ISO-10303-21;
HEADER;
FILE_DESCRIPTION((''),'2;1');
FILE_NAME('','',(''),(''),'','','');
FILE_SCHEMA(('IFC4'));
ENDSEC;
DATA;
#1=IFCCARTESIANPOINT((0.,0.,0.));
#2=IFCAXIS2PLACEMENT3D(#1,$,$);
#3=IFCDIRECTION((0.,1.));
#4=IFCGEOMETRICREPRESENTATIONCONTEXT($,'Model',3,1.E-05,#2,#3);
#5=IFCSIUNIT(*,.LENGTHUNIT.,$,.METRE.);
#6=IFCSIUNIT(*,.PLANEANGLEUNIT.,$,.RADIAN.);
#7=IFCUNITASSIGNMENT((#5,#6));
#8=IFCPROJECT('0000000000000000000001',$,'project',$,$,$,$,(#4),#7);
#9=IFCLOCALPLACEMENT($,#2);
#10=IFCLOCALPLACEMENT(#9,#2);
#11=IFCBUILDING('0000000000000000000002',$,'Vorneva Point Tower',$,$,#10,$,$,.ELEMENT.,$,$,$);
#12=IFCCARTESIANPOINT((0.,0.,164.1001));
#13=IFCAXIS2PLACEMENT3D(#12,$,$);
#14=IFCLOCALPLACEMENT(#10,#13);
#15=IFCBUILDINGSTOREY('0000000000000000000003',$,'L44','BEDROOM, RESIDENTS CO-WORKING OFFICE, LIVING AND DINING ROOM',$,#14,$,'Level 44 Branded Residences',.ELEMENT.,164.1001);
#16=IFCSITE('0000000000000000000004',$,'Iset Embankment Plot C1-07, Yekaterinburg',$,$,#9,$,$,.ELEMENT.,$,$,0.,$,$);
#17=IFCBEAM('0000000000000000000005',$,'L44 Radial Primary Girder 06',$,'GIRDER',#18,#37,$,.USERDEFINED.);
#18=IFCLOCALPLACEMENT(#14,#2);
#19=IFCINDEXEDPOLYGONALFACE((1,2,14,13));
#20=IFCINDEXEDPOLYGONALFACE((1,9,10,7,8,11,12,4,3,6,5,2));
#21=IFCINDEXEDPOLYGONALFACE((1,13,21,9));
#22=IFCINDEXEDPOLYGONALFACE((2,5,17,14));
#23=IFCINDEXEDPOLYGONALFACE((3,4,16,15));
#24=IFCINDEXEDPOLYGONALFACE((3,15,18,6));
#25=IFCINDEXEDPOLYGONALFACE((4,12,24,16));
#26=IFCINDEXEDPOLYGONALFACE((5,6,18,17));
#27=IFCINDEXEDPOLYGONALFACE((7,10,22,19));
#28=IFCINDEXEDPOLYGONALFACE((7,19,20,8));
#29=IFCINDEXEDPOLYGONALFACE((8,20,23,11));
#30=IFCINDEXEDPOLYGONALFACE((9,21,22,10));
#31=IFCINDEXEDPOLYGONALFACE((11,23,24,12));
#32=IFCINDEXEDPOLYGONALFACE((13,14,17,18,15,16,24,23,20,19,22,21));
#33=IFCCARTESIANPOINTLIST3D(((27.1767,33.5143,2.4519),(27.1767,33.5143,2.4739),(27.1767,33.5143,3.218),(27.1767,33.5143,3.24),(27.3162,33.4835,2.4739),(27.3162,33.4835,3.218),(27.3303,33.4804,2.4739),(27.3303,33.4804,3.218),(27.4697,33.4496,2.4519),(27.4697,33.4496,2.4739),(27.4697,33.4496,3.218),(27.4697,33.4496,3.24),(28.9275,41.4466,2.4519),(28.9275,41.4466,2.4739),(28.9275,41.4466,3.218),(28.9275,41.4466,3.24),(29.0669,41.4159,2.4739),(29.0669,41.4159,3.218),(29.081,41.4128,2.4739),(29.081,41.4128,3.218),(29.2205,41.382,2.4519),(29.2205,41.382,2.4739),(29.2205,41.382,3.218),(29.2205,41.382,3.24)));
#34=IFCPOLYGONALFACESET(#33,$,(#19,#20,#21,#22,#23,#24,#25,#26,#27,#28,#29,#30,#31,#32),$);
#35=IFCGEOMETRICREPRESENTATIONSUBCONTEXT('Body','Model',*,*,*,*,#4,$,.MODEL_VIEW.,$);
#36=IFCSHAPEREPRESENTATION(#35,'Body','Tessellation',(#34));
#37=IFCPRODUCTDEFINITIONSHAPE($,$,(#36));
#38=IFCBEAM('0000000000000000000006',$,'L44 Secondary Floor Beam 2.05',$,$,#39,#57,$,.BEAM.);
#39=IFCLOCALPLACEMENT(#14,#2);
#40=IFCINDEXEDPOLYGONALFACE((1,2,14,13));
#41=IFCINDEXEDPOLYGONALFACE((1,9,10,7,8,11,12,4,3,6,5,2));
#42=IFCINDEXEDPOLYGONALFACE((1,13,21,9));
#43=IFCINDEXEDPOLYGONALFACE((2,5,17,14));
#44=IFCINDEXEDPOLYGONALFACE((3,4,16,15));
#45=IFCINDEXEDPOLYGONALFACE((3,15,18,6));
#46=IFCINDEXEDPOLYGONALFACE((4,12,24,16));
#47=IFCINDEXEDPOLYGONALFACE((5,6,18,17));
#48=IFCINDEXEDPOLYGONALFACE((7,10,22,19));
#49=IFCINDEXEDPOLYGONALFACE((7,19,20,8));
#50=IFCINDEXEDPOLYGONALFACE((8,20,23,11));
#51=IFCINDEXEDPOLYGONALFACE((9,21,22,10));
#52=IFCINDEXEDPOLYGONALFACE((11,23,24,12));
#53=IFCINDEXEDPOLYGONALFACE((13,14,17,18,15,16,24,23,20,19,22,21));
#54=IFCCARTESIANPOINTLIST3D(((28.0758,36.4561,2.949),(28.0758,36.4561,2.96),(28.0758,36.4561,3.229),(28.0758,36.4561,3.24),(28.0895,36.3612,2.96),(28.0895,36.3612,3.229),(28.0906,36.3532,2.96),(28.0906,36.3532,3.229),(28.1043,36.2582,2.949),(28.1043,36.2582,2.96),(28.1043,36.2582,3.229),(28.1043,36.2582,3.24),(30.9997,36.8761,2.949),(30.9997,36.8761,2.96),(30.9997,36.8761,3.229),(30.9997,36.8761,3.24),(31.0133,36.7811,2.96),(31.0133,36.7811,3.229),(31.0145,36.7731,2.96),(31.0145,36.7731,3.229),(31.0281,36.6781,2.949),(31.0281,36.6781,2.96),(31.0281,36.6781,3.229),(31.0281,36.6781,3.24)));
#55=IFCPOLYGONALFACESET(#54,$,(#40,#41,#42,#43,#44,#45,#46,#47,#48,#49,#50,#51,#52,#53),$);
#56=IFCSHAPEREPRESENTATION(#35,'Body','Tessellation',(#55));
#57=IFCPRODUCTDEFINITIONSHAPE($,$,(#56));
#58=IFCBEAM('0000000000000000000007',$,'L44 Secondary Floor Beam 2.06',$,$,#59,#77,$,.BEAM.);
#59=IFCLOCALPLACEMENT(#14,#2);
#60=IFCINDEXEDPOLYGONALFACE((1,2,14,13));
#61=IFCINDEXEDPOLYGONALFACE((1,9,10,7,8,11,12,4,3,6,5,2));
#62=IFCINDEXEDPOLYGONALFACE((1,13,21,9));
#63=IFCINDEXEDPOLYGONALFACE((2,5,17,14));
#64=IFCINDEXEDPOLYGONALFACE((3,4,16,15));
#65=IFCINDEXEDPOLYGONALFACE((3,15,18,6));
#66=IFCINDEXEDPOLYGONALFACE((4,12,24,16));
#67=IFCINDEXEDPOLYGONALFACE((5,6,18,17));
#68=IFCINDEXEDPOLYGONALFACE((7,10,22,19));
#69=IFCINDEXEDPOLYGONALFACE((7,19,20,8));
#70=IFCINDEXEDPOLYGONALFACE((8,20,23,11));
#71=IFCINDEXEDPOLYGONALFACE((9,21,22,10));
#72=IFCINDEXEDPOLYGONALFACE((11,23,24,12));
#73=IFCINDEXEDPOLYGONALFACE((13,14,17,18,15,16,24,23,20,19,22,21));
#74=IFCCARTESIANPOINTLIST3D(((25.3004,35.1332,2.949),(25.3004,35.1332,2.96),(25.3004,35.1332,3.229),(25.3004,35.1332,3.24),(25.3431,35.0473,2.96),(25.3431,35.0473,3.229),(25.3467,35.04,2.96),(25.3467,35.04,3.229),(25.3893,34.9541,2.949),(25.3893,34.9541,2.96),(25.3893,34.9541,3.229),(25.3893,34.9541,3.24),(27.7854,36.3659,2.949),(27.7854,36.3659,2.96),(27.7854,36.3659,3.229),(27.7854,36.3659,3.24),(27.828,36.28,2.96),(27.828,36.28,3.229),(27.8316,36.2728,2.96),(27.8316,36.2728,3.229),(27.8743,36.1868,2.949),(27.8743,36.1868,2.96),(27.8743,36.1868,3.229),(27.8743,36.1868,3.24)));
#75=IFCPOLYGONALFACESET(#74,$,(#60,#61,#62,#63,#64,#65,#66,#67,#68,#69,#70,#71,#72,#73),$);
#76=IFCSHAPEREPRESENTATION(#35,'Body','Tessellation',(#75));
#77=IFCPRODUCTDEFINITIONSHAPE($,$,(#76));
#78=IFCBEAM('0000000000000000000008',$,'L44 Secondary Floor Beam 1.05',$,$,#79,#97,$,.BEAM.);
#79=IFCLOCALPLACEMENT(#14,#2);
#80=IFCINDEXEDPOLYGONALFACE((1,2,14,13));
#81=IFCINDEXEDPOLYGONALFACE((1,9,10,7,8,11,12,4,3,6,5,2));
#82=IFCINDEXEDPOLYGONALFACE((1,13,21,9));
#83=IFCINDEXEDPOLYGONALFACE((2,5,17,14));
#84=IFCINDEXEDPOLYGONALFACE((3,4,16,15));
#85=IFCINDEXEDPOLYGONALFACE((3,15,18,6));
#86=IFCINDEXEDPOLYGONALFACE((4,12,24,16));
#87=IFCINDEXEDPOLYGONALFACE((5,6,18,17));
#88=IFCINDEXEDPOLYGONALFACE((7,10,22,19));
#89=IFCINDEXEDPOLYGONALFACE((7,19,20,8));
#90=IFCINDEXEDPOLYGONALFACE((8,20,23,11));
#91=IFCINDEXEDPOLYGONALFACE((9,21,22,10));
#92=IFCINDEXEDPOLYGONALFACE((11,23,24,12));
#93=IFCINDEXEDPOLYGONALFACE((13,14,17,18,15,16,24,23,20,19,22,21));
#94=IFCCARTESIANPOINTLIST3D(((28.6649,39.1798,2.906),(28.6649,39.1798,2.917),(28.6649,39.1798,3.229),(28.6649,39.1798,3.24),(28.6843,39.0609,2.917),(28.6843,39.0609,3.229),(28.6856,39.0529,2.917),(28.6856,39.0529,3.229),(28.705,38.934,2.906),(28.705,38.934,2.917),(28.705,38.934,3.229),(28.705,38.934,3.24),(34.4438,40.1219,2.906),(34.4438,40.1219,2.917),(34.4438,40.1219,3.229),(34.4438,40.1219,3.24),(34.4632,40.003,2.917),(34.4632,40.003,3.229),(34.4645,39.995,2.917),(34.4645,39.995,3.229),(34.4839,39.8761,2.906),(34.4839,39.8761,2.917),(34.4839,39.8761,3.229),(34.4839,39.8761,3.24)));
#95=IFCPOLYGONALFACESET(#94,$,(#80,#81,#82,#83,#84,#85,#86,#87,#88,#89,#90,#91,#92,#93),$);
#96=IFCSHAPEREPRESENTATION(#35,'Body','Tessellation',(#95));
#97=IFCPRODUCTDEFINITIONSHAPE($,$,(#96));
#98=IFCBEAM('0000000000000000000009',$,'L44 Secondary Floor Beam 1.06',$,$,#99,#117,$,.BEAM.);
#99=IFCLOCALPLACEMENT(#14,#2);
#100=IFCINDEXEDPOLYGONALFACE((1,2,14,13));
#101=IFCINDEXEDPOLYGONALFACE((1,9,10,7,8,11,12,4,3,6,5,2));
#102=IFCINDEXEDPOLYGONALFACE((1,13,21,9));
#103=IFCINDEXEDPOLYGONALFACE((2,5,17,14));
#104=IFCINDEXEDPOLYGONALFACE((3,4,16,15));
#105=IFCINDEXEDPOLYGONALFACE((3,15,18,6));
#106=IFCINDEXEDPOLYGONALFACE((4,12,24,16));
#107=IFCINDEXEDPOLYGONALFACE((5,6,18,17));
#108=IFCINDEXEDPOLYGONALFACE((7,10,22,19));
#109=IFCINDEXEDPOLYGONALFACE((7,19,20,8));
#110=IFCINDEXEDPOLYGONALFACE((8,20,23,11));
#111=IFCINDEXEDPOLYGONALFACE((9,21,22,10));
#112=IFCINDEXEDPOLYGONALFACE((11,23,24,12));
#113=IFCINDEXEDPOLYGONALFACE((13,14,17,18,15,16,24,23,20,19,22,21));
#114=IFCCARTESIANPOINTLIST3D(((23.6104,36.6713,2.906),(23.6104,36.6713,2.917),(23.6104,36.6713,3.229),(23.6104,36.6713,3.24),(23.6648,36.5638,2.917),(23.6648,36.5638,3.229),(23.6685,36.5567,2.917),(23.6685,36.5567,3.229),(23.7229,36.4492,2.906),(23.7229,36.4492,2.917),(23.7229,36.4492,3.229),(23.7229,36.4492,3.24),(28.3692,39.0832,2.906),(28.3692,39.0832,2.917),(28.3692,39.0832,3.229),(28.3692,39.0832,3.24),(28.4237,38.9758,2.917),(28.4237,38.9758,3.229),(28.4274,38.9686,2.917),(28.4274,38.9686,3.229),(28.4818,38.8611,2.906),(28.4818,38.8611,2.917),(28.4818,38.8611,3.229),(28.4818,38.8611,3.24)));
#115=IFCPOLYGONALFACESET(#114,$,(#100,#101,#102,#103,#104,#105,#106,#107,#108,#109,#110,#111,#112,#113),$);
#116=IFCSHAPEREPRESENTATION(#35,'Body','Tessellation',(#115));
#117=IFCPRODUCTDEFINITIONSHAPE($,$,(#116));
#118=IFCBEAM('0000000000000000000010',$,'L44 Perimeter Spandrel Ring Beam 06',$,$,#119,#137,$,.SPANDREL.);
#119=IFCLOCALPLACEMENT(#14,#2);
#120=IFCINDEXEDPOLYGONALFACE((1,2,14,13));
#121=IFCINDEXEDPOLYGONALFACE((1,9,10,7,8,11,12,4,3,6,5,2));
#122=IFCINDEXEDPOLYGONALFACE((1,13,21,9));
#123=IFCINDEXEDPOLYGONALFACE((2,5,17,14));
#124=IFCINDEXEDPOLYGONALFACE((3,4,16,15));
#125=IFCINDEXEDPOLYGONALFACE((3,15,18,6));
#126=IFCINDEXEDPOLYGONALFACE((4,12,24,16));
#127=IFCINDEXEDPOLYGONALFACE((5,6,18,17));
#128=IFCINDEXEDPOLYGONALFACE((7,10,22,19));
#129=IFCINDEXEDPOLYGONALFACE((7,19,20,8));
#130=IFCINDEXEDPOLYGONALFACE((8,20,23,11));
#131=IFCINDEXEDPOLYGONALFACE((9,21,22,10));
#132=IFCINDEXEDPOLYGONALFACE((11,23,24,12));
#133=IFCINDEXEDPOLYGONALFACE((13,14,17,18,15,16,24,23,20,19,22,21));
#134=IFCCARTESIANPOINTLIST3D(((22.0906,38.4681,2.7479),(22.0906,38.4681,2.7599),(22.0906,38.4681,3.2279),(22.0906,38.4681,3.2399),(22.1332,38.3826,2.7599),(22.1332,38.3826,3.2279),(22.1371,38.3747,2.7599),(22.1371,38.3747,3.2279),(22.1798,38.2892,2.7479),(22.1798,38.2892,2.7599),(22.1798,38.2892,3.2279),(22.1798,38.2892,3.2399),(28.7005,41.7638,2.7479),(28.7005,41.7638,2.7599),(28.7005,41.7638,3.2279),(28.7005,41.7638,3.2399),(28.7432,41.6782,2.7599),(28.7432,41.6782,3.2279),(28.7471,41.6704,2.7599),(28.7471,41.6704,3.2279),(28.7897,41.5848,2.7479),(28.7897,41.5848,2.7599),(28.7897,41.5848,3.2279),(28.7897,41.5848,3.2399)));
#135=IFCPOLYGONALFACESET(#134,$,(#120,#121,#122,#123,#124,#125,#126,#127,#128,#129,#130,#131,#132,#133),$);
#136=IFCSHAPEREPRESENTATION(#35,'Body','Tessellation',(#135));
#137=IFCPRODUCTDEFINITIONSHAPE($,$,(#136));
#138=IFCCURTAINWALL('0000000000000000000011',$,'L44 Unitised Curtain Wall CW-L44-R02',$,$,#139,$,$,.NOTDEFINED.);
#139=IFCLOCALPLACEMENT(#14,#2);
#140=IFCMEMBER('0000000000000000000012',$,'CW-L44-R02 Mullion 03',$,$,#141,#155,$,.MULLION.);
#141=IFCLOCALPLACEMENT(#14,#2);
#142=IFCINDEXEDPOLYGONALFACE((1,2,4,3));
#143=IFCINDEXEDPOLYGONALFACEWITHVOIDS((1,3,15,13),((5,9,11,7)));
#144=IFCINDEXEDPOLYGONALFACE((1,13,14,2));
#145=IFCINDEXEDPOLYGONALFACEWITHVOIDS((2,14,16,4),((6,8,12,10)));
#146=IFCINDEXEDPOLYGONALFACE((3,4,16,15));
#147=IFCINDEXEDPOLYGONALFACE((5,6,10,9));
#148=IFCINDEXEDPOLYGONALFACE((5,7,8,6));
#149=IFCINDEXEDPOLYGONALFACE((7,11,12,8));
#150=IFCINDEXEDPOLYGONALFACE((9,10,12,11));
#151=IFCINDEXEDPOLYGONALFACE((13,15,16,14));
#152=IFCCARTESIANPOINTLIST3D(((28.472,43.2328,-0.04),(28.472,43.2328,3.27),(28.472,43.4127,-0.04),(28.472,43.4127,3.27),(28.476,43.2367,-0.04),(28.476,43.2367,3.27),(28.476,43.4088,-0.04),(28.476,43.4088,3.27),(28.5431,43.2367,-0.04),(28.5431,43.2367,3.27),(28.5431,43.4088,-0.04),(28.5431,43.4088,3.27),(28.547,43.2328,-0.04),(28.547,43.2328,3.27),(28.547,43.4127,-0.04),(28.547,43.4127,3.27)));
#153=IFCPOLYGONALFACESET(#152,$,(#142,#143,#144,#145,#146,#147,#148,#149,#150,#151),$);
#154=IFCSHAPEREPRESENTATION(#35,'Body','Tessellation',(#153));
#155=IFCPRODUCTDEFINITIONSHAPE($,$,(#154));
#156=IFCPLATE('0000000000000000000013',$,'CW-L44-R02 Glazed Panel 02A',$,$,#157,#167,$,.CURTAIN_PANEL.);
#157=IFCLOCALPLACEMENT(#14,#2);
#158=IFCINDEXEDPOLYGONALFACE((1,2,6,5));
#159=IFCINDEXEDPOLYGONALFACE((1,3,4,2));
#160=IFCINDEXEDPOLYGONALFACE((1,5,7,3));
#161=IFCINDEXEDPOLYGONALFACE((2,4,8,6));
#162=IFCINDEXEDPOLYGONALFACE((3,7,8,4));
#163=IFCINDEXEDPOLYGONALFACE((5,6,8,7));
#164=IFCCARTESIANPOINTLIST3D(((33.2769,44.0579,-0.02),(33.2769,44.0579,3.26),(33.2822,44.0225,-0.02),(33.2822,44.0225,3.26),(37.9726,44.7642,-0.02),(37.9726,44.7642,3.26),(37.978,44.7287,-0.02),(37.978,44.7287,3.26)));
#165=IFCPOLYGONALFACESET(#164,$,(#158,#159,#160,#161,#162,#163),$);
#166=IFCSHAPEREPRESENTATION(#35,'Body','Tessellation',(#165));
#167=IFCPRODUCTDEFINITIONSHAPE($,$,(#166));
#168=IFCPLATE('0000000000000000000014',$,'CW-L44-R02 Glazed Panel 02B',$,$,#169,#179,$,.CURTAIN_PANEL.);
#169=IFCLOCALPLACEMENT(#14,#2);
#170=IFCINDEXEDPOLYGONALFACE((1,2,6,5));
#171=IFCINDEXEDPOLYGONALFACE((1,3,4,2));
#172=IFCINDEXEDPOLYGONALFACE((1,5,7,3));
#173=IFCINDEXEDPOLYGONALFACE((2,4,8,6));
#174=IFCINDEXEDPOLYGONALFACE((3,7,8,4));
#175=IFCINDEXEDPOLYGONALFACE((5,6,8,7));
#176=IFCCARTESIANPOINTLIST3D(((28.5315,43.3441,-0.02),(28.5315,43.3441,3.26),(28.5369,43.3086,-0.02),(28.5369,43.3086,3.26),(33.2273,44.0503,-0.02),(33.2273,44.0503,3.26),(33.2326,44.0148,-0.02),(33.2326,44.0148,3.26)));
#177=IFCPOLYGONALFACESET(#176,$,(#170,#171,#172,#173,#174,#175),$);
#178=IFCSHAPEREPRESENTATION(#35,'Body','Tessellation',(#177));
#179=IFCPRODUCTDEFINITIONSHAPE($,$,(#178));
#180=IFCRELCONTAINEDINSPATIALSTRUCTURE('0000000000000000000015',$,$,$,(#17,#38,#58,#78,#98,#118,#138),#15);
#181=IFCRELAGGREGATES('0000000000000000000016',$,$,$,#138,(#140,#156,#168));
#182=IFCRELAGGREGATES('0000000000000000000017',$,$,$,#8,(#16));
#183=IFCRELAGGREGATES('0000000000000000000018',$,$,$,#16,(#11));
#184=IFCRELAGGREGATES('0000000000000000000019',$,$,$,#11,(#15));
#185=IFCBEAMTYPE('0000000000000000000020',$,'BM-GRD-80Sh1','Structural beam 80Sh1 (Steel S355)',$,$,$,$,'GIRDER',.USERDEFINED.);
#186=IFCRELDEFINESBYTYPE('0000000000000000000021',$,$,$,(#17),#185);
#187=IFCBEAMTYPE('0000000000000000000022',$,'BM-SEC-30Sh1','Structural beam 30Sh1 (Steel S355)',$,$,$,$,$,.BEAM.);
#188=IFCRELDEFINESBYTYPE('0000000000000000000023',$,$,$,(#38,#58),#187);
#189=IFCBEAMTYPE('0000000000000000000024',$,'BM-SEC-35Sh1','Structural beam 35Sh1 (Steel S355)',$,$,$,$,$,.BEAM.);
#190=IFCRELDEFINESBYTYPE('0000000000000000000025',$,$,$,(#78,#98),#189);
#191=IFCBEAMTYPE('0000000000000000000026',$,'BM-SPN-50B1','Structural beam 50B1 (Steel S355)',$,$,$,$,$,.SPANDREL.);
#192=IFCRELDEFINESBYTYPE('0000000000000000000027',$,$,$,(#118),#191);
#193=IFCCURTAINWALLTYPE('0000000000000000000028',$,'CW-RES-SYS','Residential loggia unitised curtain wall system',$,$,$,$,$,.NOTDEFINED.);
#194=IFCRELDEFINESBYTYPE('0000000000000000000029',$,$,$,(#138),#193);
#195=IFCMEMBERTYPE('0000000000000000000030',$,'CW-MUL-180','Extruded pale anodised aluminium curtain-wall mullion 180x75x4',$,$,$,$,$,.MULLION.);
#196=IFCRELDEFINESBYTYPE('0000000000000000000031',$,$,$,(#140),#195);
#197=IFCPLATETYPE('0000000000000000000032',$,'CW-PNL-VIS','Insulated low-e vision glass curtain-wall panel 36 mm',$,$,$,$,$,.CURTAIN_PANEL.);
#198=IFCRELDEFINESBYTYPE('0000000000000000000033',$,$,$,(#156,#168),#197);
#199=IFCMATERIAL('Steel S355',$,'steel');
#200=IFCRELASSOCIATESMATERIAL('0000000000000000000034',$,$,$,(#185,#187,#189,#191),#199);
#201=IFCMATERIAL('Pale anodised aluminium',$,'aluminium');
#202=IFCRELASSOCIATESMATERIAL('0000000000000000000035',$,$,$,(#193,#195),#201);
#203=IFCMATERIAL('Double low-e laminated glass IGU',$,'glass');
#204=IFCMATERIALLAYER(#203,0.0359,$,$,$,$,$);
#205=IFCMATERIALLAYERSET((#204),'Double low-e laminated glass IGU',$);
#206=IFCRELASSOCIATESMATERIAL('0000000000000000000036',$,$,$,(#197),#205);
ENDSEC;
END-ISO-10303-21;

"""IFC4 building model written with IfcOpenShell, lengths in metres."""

from ifc_helpers import new_model, si_unit, direction, frame, origin, origin_2d, place, context, subcontext, project, spatial, rectangle, hollow_rectangle, i_section, extrude, material, layer, layer_set, material_profile, profile_set, type_object, element, aggregate, save


model = new_model("IFC4")

# Units and contexts
model_context = context("Model", 3, precision=1e-05, world=origin(), true_north=direction((0.0, 1.0)))
body_context = subcontext(model_context, "Body", "Model", "MODEL_VIEW")
ifc_project = project(units=[si_unit("LENGTHUNIT", "METRE"), si_unit("PLANEANGLEUNIT", "RADIAN")], contexts=[model_context])

# Site, building, storey
site_placement = place(None, origin())
site = spatial("IfcSite", under=ifc_project, at=site_placement, Name="Iset Embankment Plot C1-07, Yekaterinburg", CompositionType="ELEMENT", RefElevation=0.0)
building_placement = place(site_placement, origin())
building = spatial("IfcBuilding", under=site, at=building_placement, Name="Vorneva Point Tower", CompositionType="ELEMENT")
storey_placement = place(building_placement, frame((0.0, 0.0, 164.1001)))
storey = spatial("IfcBuildingStorey", under=building, at=storey_placement, Name="L44", Description="BEDROOM, RESIDENTS CO-WORKING OFFICE, LIVING AND DINING ROOM", LongName="Level 44 Branded Residences", CompositionType="ELEMENT", Elevation=164.1001)

# Beams
ifc_material_1 = material(Name="Steel S355", Category="steel")
ifc_material_profile_1 = material_profile(ifc_material_1, i_section(OverallWidth=0.3, OverallDepth=0.7881, WebThickness=0.0144, FlangeThickness=0.022, at=origin_2d()), Name="80Sh1")
ifc_profile_set_1 = profile_set([ifc_material_profile_1], Name="Steel S355")
beam_type_1 = type_object("IfcBeamType", Name="BM-GRD-80Sh1", Description="Structural beam 80Sh1 (Steel S355)", ElementType="GIRDER", PredefinedType="USERDEFINED", material=ifc_profile_set_1)
beam_1_placement = place(storey_placement, frame((29.074, 41.4143, 2.8459), z_axis=(-0.215521, -0.976499, 0.0), x_axis=(0.976499, -0.215521, 0.0)))
element("IfcBeam", 1, at=beam_1_placement, inside=storey, type_object=beam_type_1, Name="L44 Radial Primary Girder 06", ObjectType="GIRDER", PredefinedType="USERDEFINED", context=body_context, shape_type="SweptSolid", body=[
    extrude(i_section(OverallWidth=0.3, OverallDepth=0.7881, WebThickness=0.0144, FlangeThickness=0.022, at=origin_2d()), origin(), (0.0, 0.0, 1.0), 8.1233),
])
ifc_material_profile_2 = material_profile(ifc_material_1, i_section(OverallWidth=0.2, OverallDepth=0.291, WebThickness=0.0081, FlangeThickness=0.011, at=origin_2d()), Name="30Sh1")
ifc_profile_set_2 = profile_set([ifc_material_profile_2], Name="Steel S355")
beam_type_2 = type_object("IfcBeamType", Name="BM-SEC-30Sh1", Description="Structural beam 30Sh1 (Steel S355)", PredefinedType="BEAM", material=ifc_profile_set_2)
beam_2_placement = place(storey_placement, frame((31.0139, 36.7771, 3.0945), z_axis=(-0.989843, -0.142162, 0.0), x_axis=(0.142162, -0.989843, 0.0)))
element("IfcBeam", 2, at=beam_2_placement, inside=storey, type_object=beam_type_2, Name="L44 Secondary Floor Beam 2.05", PredefinedType="BEAM", context=body_context, shape_type="SweptSolid", body=[
    extrude(i_section(OverallWidth=0.2, OverallDepth=0.291, WebThickness=0.0081, FlangeThickness=0.011, at=origin_2d()), origin(), (0.0, 0.0, 1.0), 2.9539),
])
beam_3_placement = place(storey_placement, frame((27.8298, 36.2764, 3.0945), z_axis=(-0.895831, -0.444395, 0.0), x_axis=(0.444395, -0.895831, 0.0)))
element("IfcBeam", 3, at=beam_3_placement, inside=storey, type_object=beam_type_2, Name="L44 Secondary Floor Beam 2.06", PredefinedType="BEAM", context=body_context, shape_type="SweptSolid", body=[
    extrude(i_section(OverallWidth=0.2, OverallDepth=0.291, WebThickness=0.0081, FlangeThickness=0.011, at=origin_2d()), origin(), (0.0, 0.0, 1.0), 2.7739),
])
ifc_material_profile_3 = material_profile(ifc_material_1, i_section(OverallWidth=0.249, OverallDepth=0.334, WebThickness=0.0081, FlangeThickness=0.011, at=origin_2d()), Name="35Sh1")
ifc_profile_set_3 = profile_set([ifc_material_profile_3], Name="Steel S355")
beam_type_3 = type_object("IfcBeamType", Name="BM-SEC-35Sh1", Description="Structural beam 35Sh1 (Steel S355)", PredefinedType="BEAM", material=ifc_profile_set_3)
beam_4_placement = place(storey_placement, frame((34.4639, 39.999, 3.073), z_axis=(-0.98697, -0.160902, 0.0), x_axis=(0.160902, -0.98697, 0.0)))
element("IfcBeam", 4, at=beam_4_placement, inside=storey, type_object=beam_type_3, Name="L44 Secondary Floor Beam 1.05", PredefinedType="BEAM", context=body_context, shape_type="SweptSolid", body=[
    extrude(i_section(OverallWidth=0.249, OverallDepth=0.334, WebThickness=0.0081, FlangeThickness=0.011, at=origin_2d()), origin(), (0.0, 0.0, 1.0), 5.8552),
])
beam_5_placement = place(storey_placement, frame((28.4255, 38.9722, 3.073), z_axis=(-0.891979, -0.452076, 0.0), x_axis=(0.452076, -0.891979, 0.0)))
element("IfcBeam", 5, at=beam_5_placement, inside=storey, type_object=beam_type_3, Name="L44 Secondary Floor Beam 1.06", PredefinedType="BEAM", context=body_context, shape_type="SweptSolid", body=[
    extrude(i_section(OverallWidth=0.249, OverallDepth=0.334, WebThickness=0.0081, FlangeThickness=0.011, at=origin_2d()), origin(), (0.0, 0.0, 1.0), 5.3352),
])
ifc_material_profile_4 = material_profile(ifc_material_1, i_section(OverallWidth=0.2, OverallDepth=0.4919, WebThickness=0.0088, FlangeThickness=0.012, at=origin_2d()), Name="50B1")
ifc_profile_set_4 = profile_set([ifc_material_profile_4], Name="Steel S355")
beam_type_4 = type_object("IfcBeamType", Name="BM-SPN-50B1", Description="Structural beam 50B1 (Steel S355)", PredefinedType="SPANDREL", material=ifc_profile_set_4)
beam_6_placement = place(storey_placement, frame((28.7451, 41.6743, 2.9939), z_axis=(-0.894929, -0.446208, 0.0), x_axis=(0.446208, -0.894929, 0.0)))
element("IfcBeam", 6, at=beam_6_placement, inside=storey, type_object=beam_type_4, Name="L44 Perimeter Spandrel Ring Beam 06", PredefinedType="SPANDREL", context=body_context, shape_type="SweptSolid", body=[
    extrude(i_section(OverallWidth=0.2, OverallDepth=0.4919, WebThickness=0.0088, FlangeThickness=0.012, at=origin_2d()), origin(), (0.0, 0.0, 1.0), 7.386),
])

# Curtain wall, member, plates
ifc_material_2 = material(Name="Pale anodised aluminium", Category="aluminium")
curtain_wall_type = type_object("IfcCurtainWallType", Name="CW-RES-SYS", Description="Residential loggia unitised curtain wall system", PredefinedType="NOTDEFINED", material=ifc_material_2)
curtain_wall_placement = place(storey_placement, origin())
curtain_wall = element("IfcCurtainWall", 7, at=curtain_wall_placement, inside=storey, type_object=curtain_wall_type, Name="L44 Unitised Curtain Wall CW-L44-R02", PredefinedType="NOTDEFINED")
ifc_material_profile_5 = material_profile(ifc_material_2, hollow_rectangle(XDim=0.075, YDim=0.1799, WallThickness=0.0039, at=origin_2d()), Name="AL-MUL 180x75x4")
ifc_profile_set_5 = profile_set([ifc_material_profile_5], Name="Pale anodised aluminium")
member_type = type_object("IfcMemberType", Name="CW-MUL-180", Description="Extruded pale anodised aluminium curtain-wall mullion 180x75x4", PredefinedType="MULLION", material=ifc_profile_set_5)
member_placement = place(storey_placement, frame((28.5095, 43.3228, -0.04), z_axis=(0.0, 0.0, 1.0), x_axis=(1.0, 0.0, 0.0)))
member = element("IfcMember", 8, at=member_placement, type_object=member_type, Name="CW-L44-R02 Mullion 03", PredefinedType="MULLION", context=body_context, shape_type="SweptSolid", body=[
    extrude(hollow_rectangle(XDim=0.075, YDim=0.1799, WallThickness=0.0039, at=origin_2d()), origin(), (0.0, 0.0, 1.0), 3.3101),
])
ifc_material_3 = material(Name="Double low-e laminated glass IGU", Category="glass")
ifc_layer_1 = layer(ifc_material_3, 0.0359)
ifc_layer_set_1 = layer_set([ifc_layer_1], Name="Double low-e laminated glass IGU")
plate_type = type_object("IfcPlateType", Name="CW-PNL-VIS", Description="Insulated low-e vision glass curtain-wall panel 36 mm", PredefinedType="CURTAIN_PANEL", material=ifc_layer_set_1)
plate_1_placement = place(storey_placement, frame((35.6274, 44.3933, -0.02), z_axis=(0.0, 0.0, 1.0), x_axis=(-0.988879, -0.148724, 0.0)))
plate_1 = element("IfcPlate", 9, at=plate_1_placement, type_object=plate_type, Name="CW-L44-R02 Glazed Panel 02A", PredefinedType="CURTAIN_PANEL", context=body_context, shape_type="SweptSolid", body=[
    extrude(rectangle(XDim=4.7485, YDim=0.0359, at=origin_2d()), origin(), (0.0, 0.0, 1.0), 3.28),
])
plate_2_placement = place(storey_placement, frame((30.8821, 43.6794, -0.02), z_axis=(0.0, 0.0, 1.0), x_axis=(-0.988879, -0.148724, 0.0)))
plate_2 = element("IfcPlate", 10, at=plate_2_placement, type_object=plate_type, Name="CW-L44-R02 Glazed Panel 02B", PredefinedType="CURTAIN_PANEL", context=body_context, shape_type="SweptSolid", body=[
    extrude(rectangle(XDim=4.7485, YDim=0.0359, at=origin_2d()), origin(), (0.0, 0.0, 1.0), 3.28),
])
aggregate(curtain_wall, [member, plate_1, plate_2])

save(model, "model.ifc")
